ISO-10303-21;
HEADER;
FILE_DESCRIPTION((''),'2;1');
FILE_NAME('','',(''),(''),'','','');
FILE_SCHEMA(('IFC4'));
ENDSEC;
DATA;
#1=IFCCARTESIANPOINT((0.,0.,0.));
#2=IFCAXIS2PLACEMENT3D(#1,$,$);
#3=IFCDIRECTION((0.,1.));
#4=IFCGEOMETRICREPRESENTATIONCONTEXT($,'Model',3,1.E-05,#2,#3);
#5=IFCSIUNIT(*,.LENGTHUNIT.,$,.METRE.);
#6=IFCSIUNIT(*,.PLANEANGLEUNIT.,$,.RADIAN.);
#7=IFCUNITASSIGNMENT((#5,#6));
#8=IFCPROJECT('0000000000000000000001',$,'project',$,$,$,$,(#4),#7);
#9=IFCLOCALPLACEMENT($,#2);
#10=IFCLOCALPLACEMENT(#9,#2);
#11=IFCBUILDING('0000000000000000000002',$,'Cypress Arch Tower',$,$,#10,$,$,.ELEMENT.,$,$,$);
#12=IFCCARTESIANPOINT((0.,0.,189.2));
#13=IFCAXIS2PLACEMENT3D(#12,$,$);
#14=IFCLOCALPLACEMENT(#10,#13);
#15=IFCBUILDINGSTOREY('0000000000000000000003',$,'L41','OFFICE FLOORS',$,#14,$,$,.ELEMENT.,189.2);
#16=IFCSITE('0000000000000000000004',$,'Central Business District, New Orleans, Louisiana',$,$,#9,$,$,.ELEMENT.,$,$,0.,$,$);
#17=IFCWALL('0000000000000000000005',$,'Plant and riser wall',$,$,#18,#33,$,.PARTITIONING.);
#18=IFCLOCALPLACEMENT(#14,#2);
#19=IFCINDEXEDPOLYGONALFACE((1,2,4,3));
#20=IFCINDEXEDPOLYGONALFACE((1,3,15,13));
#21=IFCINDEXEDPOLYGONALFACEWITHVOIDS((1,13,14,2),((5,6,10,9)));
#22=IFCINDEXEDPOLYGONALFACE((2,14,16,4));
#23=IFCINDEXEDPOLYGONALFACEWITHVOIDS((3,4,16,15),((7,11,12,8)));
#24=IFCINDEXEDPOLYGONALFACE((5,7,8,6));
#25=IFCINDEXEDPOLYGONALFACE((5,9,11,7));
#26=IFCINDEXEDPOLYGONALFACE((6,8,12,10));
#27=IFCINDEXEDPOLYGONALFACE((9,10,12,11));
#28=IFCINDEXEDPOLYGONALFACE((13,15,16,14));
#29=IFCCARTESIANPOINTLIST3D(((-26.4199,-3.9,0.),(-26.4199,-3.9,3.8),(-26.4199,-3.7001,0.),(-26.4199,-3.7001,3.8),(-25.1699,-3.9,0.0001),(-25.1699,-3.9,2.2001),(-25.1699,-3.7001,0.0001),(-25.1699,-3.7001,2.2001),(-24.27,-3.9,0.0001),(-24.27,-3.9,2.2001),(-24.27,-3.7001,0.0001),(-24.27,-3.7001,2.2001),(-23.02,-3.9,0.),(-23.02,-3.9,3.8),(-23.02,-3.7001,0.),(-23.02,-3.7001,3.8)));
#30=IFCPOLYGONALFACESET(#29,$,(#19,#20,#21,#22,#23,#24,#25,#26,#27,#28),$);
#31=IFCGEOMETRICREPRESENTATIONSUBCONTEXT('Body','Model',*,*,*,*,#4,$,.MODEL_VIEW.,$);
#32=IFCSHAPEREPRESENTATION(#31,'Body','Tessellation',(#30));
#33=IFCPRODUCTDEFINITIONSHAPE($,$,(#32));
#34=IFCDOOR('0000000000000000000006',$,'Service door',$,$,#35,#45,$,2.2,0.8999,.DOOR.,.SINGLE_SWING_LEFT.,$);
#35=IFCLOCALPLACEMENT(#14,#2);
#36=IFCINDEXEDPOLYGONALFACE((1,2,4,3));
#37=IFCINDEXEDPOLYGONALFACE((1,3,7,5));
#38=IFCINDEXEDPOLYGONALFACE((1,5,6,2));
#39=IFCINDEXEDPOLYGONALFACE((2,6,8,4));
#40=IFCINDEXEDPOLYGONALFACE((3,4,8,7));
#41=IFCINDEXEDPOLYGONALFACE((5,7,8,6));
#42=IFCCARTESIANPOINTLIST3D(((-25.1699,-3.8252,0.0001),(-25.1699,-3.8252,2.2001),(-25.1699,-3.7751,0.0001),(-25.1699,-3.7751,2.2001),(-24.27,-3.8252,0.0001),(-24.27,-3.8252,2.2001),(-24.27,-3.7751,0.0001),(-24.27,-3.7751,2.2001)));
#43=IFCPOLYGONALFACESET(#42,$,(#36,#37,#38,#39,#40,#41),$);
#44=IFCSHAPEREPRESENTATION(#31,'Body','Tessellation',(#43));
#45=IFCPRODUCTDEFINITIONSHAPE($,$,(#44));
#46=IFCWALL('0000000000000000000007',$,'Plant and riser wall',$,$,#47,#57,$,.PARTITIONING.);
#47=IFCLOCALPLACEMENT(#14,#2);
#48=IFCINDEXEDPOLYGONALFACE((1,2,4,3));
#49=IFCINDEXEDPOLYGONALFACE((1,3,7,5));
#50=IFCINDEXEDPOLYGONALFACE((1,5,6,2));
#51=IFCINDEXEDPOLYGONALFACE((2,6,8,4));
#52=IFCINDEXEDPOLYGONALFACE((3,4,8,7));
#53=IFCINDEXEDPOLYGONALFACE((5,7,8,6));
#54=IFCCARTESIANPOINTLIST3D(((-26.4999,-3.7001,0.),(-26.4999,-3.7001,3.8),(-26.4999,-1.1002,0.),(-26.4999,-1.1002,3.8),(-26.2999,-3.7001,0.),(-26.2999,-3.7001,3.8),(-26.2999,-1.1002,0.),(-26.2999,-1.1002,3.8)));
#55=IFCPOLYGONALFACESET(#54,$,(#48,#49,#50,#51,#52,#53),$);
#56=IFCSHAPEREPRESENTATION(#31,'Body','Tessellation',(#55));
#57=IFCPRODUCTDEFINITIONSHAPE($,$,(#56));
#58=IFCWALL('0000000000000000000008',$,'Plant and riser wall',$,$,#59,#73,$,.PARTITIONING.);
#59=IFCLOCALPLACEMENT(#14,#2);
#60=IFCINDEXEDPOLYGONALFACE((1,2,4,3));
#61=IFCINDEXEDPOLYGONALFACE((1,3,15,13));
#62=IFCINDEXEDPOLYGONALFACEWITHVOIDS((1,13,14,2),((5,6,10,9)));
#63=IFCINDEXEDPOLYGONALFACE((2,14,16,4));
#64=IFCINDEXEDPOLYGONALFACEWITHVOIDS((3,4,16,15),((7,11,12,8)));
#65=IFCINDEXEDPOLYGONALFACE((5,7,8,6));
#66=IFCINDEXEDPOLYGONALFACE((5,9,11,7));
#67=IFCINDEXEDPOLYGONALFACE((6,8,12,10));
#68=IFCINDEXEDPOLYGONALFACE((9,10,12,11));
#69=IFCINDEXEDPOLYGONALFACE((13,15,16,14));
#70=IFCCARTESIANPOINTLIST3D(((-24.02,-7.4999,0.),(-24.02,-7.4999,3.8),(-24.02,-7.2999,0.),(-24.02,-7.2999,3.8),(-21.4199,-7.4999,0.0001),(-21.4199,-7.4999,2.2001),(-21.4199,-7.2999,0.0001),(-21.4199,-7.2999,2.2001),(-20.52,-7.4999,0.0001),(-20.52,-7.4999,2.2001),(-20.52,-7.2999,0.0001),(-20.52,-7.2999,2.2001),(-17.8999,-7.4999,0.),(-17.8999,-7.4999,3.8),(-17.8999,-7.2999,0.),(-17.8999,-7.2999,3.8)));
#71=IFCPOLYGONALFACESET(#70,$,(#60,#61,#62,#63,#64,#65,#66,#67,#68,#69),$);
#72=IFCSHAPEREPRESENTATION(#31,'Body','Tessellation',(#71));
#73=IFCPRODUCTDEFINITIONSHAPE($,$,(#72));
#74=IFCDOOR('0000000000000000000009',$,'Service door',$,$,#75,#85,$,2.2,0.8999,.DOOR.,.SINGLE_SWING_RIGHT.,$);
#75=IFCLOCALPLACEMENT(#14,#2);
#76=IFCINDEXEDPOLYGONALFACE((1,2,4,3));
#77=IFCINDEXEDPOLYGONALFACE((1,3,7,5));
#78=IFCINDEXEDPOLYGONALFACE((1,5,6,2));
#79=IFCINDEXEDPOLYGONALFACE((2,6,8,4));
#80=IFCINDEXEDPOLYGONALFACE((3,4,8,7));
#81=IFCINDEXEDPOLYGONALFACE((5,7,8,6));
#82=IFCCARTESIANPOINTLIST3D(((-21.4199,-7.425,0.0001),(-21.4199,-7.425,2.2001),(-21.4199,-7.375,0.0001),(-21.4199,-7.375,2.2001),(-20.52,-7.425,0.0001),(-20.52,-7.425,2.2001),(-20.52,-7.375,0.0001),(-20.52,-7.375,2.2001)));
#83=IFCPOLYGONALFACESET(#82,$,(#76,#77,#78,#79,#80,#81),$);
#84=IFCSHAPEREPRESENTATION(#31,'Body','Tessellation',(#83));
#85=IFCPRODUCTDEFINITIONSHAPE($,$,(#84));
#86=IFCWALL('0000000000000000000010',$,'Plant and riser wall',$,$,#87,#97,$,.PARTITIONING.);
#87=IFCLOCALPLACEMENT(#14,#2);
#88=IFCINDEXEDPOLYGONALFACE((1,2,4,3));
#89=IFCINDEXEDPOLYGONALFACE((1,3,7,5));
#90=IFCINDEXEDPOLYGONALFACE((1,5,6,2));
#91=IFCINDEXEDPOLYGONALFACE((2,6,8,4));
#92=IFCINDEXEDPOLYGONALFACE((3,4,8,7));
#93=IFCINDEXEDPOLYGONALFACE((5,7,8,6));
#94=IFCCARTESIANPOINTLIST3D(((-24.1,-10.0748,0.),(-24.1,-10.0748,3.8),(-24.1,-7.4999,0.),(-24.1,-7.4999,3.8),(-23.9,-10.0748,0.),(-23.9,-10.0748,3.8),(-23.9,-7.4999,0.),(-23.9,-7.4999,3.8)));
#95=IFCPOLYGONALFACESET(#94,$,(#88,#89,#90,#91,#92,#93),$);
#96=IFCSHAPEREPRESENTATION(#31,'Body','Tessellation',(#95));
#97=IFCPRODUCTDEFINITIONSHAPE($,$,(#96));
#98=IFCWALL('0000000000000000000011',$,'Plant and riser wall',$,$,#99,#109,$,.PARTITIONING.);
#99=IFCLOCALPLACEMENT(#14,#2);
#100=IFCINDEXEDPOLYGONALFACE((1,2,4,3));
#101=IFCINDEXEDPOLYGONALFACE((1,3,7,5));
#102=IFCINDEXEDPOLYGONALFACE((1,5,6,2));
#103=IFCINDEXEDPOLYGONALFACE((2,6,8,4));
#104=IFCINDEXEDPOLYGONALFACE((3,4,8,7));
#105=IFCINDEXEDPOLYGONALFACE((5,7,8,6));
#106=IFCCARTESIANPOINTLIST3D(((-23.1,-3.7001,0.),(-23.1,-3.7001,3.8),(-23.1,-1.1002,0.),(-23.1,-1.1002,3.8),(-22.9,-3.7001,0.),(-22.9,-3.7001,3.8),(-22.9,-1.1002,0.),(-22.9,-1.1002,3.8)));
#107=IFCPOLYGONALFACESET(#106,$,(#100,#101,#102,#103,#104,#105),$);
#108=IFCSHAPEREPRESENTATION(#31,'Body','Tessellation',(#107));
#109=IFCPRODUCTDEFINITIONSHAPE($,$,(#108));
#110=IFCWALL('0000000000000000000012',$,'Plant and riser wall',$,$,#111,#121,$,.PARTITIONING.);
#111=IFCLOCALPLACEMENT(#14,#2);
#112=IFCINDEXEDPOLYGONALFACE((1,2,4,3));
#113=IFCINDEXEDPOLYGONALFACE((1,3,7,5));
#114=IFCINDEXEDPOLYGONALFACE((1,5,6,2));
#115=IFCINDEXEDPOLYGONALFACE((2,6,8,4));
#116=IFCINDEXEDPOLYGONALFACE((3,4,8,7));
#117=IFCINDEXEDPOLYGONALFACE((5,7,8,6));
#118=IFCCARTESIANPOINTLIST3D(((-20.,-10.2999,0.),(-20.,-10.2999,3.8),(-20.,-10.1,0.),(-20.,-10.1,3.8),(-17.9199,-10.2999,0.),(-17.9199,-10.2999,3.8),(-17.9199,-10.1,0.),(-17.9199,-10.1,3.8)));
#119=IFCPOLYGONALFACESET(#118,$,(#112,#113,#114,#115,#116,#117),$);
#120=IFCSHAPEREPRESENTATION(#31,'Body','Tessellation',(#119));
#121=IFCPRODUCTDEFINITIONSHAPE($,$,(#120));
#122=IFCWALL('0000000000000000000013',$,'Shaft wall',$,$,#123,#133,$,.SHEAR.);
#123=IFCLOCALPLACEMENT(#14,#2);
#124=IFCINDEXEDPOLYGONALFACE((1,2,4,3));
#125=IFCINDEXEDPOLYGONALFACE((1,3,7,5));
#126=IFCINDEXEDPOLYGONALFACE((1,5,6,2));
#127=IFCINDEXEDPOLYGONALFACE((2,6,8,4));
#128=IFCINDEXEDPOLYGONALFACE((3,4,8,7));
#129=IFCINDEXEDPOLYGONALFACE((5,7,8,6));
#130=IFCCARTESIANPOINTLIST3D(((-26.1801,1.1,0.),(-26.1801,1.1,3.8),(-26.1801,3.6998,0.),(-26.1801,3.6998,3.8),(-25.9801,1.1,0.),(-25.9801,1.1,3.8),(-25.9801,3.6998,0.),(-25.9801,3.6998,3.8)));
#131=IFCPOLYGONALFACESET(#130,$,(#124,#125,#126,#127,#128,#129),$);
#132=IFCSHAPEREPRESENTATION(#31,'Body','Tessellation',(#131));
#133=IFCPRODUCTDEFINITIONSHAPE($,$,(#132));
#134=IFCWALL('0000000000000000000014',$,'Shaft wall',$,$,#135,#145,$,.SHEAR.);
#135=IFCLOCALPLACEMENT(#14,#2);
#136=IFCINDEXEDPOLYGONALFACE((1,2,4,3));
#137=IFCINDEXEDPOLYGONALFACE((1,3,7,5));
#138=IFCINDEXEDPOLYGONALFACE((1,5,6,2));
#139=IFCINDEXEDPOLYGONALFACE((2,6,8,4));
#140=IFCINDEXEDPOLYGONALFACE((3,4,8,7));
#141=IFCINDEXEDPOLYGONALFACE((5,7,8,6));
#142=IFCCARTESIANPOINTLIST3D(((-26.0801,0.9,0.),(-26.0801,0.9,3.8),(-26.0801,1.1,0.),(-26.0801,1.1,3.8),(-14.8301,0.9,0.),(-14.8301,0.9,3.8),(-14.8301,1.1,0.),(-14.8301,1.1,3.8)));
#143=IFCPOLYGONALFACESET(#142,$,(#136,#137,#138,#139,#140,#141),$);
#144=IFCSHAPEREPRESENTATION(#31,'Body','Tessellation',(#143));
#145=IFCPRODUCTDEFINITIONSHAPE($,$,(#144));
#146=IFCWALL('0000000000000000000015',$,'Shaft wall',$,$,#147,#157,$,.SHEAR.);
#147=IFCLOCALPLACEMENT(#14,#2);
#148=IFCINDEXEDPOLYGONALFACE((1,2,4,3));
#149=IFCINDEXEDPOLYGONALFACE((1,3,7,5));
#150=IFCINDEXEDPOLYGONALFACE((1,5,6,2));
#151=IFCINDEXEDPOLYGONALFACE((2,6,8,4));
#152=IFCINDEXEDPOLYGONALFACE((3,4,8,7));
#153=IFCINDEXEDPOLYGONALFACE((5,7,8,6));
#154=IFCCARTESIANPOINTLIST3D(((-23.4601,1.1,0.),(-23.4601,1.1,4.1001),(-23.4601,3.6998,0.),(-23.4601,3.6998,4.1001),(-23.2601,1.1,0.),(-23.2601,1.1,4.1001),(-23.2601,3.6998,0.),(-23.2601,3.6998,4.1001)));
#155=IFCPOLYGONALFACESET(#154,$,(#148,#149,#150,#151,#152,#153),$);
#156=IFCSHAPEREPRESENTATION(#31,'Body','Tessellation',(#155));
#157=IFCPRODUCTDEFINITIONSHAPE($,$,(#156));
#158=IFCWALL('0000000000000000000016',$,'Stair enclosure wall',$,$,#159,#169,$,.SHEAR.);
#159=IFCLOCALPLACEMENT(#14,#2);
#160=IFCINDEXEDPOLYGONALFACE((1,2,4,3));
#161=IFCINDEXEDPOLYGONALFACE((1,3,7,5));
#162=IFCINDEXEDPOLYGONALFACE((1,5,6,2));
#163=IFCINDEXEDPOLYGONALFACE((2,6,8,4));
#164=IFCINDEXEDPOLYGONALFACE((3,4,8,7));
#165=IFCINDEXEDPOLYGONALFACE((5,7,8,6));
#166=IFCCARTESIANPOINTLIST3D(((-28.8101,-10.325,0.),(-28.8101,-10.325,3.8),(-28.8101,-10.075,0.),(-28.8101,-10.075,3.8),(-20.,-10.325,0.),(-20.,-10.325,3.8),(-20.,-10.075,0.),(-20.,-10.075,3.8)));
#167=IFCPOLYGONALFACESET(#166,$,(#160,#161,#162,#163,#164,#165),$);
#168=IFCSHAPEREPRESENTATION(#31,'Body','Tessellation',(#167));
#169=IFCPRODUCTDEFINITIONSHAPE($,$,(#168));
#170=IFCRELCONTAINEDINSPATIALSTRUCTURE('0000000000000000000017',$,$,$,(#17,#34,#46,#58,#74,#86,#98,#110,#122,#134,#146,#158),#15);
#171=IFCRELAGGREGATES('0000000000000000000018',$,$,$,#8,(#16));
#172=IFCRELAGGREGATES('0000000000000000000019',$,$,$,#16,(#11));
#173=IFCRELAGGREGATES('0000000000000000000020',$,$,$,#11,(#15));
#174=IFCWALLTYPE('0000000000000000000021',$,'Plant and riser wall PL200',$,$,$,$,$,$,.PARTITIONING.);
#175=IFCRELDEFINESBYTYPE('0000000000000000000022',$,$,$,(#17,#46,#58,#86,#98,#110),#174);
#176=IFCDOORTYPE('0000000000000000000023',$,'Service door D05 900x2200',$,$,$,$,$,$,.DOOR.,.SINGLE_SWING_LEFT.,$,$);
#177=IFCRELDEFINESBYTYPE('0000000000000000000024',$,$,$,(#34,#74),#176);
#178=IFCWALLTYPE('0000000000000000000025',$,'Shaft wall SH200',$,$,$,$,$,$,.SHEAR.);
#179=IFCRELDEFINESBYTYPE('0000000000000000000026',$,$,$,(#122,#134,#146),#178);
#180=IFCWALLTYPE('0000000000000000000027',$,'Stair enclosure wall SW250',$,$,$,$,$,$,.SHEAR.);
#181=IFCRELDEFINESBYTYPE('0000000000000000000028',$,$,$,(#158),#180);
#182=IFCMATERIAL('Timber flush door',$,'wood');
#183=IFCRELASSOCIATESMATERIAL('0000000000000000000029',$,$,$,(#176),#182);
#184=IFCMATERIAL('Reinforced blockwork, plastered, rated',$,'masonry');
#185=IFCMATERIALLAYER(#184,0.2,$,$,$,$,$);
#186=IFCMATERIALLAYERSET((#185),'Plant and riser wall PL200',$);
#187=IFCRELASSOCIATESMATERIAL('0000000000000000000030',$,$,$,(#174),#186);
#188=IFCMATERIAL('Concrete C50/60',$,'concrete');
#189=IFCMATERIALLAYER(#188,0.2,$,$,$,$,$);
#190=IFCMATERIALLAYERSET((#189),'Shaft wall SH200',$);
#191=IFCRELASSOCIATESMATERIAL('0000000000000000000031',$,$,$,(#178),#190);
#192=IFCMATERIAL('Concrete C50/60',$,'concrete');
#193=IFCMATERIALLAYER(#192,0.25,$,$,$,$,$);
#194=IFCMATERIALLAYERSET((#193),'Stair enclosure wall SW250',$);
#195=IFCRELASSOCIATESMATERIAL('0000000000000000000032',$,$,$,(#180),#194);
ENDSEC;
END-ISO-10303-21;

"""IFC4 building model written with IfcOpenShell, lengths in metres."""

from ifc_helpers import new_model, si_unit, direction, frame, frame_2d, origin, place, context, subcontext, project, spatial, rectangle, extrude, material, layer, layer_set, type_object, element, fill, save


model = new_model("IFC4")

# Units and contexts
model_context = context("Model", 3, precision=1e-05, world=origin(), true_north=direction((0.0, 1.0)))
body_context = subcontext(model_context, "Body", "Model", "MODEL_VIEW")
ifc_project = project(units=[si_unit("LENGTHUNIT", "METRE"), si_unit("PLANEANGLEUNIT", "RADIAN")], contexts=[model_context])

# Site, building, storey
site_placement = place(None, origin())
site = spatial("IfcSite", under=ifc_project, at=site_placement, Name="Central Business District, New Orleans, Louisiana", CompositionType="ELEMENT", RefElevation=0.0)
building_placement = place(site_placement, origin())
building = spatial("IfcBuilding", under=site, at=building_placement, Name="Cypress Arch Tower", CompositionType="ELEMENT")
storey_placement = place(building_placement, frame((0.0, 0.0, 189.2)))
storey = spatial("IfcBuildingStorey", under=building, at=storey_placement, Name="L41", Description="OFFICE FLOORS", CompositionType="ELEMENT", Elevation=189.2)

# Shared definitions
ifc_material_1 = material(Name="Timber flush door", Category="wood")
door_type = type_object("IfcDoorType", Name="Service door D05 900x2200", OperationType="SINGLE_SWING_LEFT", PredefinedType="DOOR", material=ifc_material_1)

# Shared definitions
ifc_material_2 = material(Name="Reinforced blockwork, plastered, rated", Category="masonry")
ifc_layer_1 = layer(ifc_material_2, 0.2)
ifc_layer_set_1 = layer_set([ifc_layer_1], Name="Plant and riser wall PL200")
wall_type_1 = type_object("IfcWallType", Name="Plant and riser wall PL200", PredefinedType="PARTITIONING", material=ifc_layer_set_1)

# Wall, opening, door
wall_1_placement = place(storey_placement, frame((-26.4199, -3.8, 0.0), z_axis=(0.0, 0.0, 1.0), x_axis=(1.0, 0.0, 0.0)))
wall_1 = element("IfcWall", 1, at=wall_1_placement, inside=storey, type_object=wall_type_1, Name="Plant and riser wall", PredefinedType="PARTITIONING", context=body_context, shape_type="SweptSolid", body=[
    extrude(rectangle(XDim=3.3999, YDim=0.2, at=frame_2d((1.7, 0.0))), origin(), (0.0, 0.0, 1.0), 3.8),
])
opening_1_placement = place(wall_1_placement, frame((1.25, 0.0, 0.0)))
opening_1 = element("IfcOpeningElement", 2, at=opening_1_placement, cuts=wall_1, PredefinedType="OPENING", context=body_context, shape_type="SweptSolid", body=[
    extrude(rectangle(XDim=0.8999, YDim=2.2, at=frame_2d((0.45, 1.1001))), frame((0.0, 0.1099, 0.0), z_axis=(0.0, -1.0, 0.0), x_axis=(1.0, 0.0, 0.0)), (0.0, 0.0, 1.0), 0.22),
])
door_1_placement = place(opening_1_placement, origin())
door_1 = element("IfcDoor", 3, at=door_1_placement, inside=storey, type_object=door_type, Name="Service door", OperationType="SINGLE_SWING_LEFT", OverallHeight=2.2, OverallWidth=0.8999, PredefinedType="DOOR", context=body_context, shape_type="SweptSolid", body=[
    extrude(rectangle(XDim=0.8999, YDim=2.2, at=frame_2d((0.45, 1.1001))), frame((0.0, 0.0249, 0.0), z_axis=(0.0, -1.0, 0.0), x_axis=(1.0, 0.0, 0.0)), (0.0, 0.0, 1.0), 0.05),
])
fill(opening_1, door_1)

# Wall
wall_2_placement = place(storey_placement, frame((-26.3999, -3.7, 0.0), z_axis=(0.0, 0.0, 1.0), x_axis=(0.0, 1.0, 0.0)))
element("IfcWall", 4, at=wall_2_placement, inside=storey, type_object=wall_type_1, Name="Plant and riser wall", PredefinedType="PARTITIONING", context=body_context, shape_type="SweptSolid", body=[
    extrude(rectangle(XDim=2.5999, YDim=0.2, at=frame_2d((1.2998, 0.0))), origin(), (0.0, 0.0, 1.0), 3.8),
])

# Wall, opening, door
wall_3_placement = place(storey_placement, frame((-24.02, -7.3999, 0.0), z_axis=(0.0, 0.0, 1.0), x_axis=(1.0, 0.0, 0.0)))
wall_3 = element("IfcWall", 5, at=wall_3_placement, inside=storey, type_object=wall_type_1, Name="Plant and riser wall", PredefinedType="PARTITIONING", context=body_context, shape_type="SweptSolid", body=[
    extrude(rectangle(XDim=6.1201, YDim=0.2, at=frame_2d((3.0601, 0.0))), origin(), (0.0, 0.0, 1.0), 3.8),
])
opening_2_placement = place(wall_3_placement, frame((2.6001, 0.0, 0.0)))
opening_2 = element("IfcOpeningElement", 6, at=opening_2_placement, cuts=wall_3, PredefinedType="OPENING", context=body_context, shape_type="SweptSolid", body=[
    extrude(rectangle(XDim=0.8999, YDim=2.2, at=frame_2d((0.45, 1.1001))), frame((0.0, 0.1099, 0.0), z_axis=(0.0, -1.0, 0.0), x_axis=(1.0, 0.0, 0.0)), (0.0, 0.0, 1.0), 0.22),
])
door_2_placement = place(opening_2_placement, origin())
door_2 = element("IfcDoor", 7, at=door_2_placement, inside=storey, type_object=door_type, Name="Service door", OperationType="SINGLE_SWING_RIGHT", OverallHeight=2.2, OverallWidth=0.8999, PredefinedType="DOOR", context=body_context, shape_type="SweptSolid", body=[
    extrude(rectangle(XDim=0.8999, YDim=2.2, at=frame_2d((0.45, 1.1001))), frame((0.0, 0.0249, 0.0), z_axis=(0.0, -1.0, 0.0), x_axis=(1.0, 0.0, 0.0)), (0.0, 0.0, 1.0), 0.05),
])
fill(opening_2, door_2)

# Walls
wall_4_placement = place(storey_placement, frame((-24.0, -10.075, 0.0), z_axis=(0.0, 0.0, 1.0), x_axis=(0.0, 1.0, 0.0)))
element("IfcWall", 8, at=wall_4_placement, inside=storey, type_object=wall_type_1, Name="Plant and riser wall", PredefinedType="PARTITIONING", context=body_context, shape_type="SweptSolid", body=[
    extrude(rectangle(XDim=2.575, YDim=0.2, at=frame_2d((1.2876, 0.0))), origin(), (0.0, 0.0, 1.0), 3.8),
])
wall_5_placement = place(storey_placement, frame((-23.0, -3.7, 0.0), z_axis=(0.0, 0.0, 1.0), x_axis=(0.0, 1.0, 0.0)))
element("IfcWall", 9, at=wall_5_placement, inside=storey, type_object=wall_type_1, Name="Plant and riser wall", PredefinedType="PARTITIONING", context=body_context, shape_type="SweptSolid", body=[
    extrude(rectangle(XDim=2.5999, YDim=0.2, at=frame_2d((1.2998, 0.0))), origin(), (0.0, 0.0, 1.0), 3.8),
])
wall_6_placement = place(storey_placement, frame((-20.0, -10.2, 0.0), z_axis=(0.0, 0.0, 1.0), x_axis=(1.0, 0.0, 0.0)))
element("IfcWall", 10, at=wall_6_placement, inside=storey, type_object=wall_type_1, Name="Plant and riser wall", PredefinedType="PARTITIONING", context=body_context, shape_type="SweptSolid", body=[
    extrude(rectangle(XDim=2.0801, YDim=0.2, at=frame_2d((1.04, 0.0))), origin(), (0.0, 0.0, 1.0), 3.8),
])
ifc_material_3 = material(Name="Concrete C50/60", Category="concrete")
ifc_layer_2 = layer(ifc_material_3, 0.2)
ifc_layer_set_2 = layer_set([ifc_layer_2], Name="Shaft wall SH200")
wall_type_2 = type_object("IfcWallType", Name="Shaft wall SH200", PredefinedType="SHEAR", material=ifc_layer_set_2)
wall_7_placement = place(storey_placement, frame((-26.0801, 1.1001, 0.0), z_axis=(0.0, 0.0, 1.0), x_axis=(0.0, 1.0, 0.0)))
element("IfcWall", 11, at=wall_7_placement, inside=storey, type_object=wall_type_2, Name="Shaft wall", PredefinedType="SHEAR", context=body_context, shape_type="SweptSolid", body=[
    extrude(rectangle(XDim=2.5999, YDim=0.2, at=frame_2d((1.2998, 0.0))), origin(), (0.0, 0.0, 1.0), 3.8),
])
wall_8_placement = place(storey_placement, frame((-26.0801, 1.0, 0.0), z_axis=(0.0, 0.0, 1.0), x_axis=(1.0, 0.0, 0.0)))
element("IfcWall", 12, at=wall_8_placement, inside=storey, type_object=wall_type_2, Name="Shaft wall", PredefinedType="SHEAR", context=body_context, shape_type="SweptSolid", body=[
    extrude(rectangle(XDim=11.25, YDim=0.2, at=frame_2d((5.625, 0.0))), origin(), (0.0, 0.0, 1.0), 3.8),
])
wall_9_placement = place(storey_placement, frame((-23.3601, 1.1001, 0.0), z_axis=(0.0, 0.0, 1.0), x_axis=(0.0, 1.0, 0.0)))
element("IfcWall", 13, at=wall_9_placement, inside=storey, type_object=wall_type_2, Name="Shaft wall", PredefinedType="SHEAR", context=body_context, shape_type="SweptSolid", body=[
    extrude(rectangle(XDim=2.5999, YDim=0.2, at=frame_2d((1.2998, 0.0))), origin(), (0.0, 0.0, 1.0), 4.1001),
])
ifc_material_4 = material(Name="Concrete C50/60", Category="concrete")
ifc_layer_3 = layer(ifc_material_4, 0.25)
ifc_layer_set_3 = layer_set([ifc_layer_3], Name="Stair enclosure wall SW250")
wall_type_3 = type_object("IfcWallType", Name="Stair enclosure wall SW250", PredefinedType="SHEAR", material=ifc_layer_set_3)
wall_10_placement = place(storey_placement, frame((-28.8101, -10.2, 0.0), z_axis=(0.0, 0.0, 1.0), x_axis=(1.0, 0.0, 0.0)))
element("IfcWall", 14, at=wall_10_placement, inside=storey, type_object=wall_type_3, Name="Stair enclosure wall", PredefinedType="SHEAR", context=body_context, shape_type="SweptSolid", body=[
    extrude(rectangle(XDim=8.8101, YDim=0.25, at=frame_2d((4.405, 0.0))), origin(), (0.0, 0.0, 1.0), 3.8),
])

save(model, "model.ifc")
